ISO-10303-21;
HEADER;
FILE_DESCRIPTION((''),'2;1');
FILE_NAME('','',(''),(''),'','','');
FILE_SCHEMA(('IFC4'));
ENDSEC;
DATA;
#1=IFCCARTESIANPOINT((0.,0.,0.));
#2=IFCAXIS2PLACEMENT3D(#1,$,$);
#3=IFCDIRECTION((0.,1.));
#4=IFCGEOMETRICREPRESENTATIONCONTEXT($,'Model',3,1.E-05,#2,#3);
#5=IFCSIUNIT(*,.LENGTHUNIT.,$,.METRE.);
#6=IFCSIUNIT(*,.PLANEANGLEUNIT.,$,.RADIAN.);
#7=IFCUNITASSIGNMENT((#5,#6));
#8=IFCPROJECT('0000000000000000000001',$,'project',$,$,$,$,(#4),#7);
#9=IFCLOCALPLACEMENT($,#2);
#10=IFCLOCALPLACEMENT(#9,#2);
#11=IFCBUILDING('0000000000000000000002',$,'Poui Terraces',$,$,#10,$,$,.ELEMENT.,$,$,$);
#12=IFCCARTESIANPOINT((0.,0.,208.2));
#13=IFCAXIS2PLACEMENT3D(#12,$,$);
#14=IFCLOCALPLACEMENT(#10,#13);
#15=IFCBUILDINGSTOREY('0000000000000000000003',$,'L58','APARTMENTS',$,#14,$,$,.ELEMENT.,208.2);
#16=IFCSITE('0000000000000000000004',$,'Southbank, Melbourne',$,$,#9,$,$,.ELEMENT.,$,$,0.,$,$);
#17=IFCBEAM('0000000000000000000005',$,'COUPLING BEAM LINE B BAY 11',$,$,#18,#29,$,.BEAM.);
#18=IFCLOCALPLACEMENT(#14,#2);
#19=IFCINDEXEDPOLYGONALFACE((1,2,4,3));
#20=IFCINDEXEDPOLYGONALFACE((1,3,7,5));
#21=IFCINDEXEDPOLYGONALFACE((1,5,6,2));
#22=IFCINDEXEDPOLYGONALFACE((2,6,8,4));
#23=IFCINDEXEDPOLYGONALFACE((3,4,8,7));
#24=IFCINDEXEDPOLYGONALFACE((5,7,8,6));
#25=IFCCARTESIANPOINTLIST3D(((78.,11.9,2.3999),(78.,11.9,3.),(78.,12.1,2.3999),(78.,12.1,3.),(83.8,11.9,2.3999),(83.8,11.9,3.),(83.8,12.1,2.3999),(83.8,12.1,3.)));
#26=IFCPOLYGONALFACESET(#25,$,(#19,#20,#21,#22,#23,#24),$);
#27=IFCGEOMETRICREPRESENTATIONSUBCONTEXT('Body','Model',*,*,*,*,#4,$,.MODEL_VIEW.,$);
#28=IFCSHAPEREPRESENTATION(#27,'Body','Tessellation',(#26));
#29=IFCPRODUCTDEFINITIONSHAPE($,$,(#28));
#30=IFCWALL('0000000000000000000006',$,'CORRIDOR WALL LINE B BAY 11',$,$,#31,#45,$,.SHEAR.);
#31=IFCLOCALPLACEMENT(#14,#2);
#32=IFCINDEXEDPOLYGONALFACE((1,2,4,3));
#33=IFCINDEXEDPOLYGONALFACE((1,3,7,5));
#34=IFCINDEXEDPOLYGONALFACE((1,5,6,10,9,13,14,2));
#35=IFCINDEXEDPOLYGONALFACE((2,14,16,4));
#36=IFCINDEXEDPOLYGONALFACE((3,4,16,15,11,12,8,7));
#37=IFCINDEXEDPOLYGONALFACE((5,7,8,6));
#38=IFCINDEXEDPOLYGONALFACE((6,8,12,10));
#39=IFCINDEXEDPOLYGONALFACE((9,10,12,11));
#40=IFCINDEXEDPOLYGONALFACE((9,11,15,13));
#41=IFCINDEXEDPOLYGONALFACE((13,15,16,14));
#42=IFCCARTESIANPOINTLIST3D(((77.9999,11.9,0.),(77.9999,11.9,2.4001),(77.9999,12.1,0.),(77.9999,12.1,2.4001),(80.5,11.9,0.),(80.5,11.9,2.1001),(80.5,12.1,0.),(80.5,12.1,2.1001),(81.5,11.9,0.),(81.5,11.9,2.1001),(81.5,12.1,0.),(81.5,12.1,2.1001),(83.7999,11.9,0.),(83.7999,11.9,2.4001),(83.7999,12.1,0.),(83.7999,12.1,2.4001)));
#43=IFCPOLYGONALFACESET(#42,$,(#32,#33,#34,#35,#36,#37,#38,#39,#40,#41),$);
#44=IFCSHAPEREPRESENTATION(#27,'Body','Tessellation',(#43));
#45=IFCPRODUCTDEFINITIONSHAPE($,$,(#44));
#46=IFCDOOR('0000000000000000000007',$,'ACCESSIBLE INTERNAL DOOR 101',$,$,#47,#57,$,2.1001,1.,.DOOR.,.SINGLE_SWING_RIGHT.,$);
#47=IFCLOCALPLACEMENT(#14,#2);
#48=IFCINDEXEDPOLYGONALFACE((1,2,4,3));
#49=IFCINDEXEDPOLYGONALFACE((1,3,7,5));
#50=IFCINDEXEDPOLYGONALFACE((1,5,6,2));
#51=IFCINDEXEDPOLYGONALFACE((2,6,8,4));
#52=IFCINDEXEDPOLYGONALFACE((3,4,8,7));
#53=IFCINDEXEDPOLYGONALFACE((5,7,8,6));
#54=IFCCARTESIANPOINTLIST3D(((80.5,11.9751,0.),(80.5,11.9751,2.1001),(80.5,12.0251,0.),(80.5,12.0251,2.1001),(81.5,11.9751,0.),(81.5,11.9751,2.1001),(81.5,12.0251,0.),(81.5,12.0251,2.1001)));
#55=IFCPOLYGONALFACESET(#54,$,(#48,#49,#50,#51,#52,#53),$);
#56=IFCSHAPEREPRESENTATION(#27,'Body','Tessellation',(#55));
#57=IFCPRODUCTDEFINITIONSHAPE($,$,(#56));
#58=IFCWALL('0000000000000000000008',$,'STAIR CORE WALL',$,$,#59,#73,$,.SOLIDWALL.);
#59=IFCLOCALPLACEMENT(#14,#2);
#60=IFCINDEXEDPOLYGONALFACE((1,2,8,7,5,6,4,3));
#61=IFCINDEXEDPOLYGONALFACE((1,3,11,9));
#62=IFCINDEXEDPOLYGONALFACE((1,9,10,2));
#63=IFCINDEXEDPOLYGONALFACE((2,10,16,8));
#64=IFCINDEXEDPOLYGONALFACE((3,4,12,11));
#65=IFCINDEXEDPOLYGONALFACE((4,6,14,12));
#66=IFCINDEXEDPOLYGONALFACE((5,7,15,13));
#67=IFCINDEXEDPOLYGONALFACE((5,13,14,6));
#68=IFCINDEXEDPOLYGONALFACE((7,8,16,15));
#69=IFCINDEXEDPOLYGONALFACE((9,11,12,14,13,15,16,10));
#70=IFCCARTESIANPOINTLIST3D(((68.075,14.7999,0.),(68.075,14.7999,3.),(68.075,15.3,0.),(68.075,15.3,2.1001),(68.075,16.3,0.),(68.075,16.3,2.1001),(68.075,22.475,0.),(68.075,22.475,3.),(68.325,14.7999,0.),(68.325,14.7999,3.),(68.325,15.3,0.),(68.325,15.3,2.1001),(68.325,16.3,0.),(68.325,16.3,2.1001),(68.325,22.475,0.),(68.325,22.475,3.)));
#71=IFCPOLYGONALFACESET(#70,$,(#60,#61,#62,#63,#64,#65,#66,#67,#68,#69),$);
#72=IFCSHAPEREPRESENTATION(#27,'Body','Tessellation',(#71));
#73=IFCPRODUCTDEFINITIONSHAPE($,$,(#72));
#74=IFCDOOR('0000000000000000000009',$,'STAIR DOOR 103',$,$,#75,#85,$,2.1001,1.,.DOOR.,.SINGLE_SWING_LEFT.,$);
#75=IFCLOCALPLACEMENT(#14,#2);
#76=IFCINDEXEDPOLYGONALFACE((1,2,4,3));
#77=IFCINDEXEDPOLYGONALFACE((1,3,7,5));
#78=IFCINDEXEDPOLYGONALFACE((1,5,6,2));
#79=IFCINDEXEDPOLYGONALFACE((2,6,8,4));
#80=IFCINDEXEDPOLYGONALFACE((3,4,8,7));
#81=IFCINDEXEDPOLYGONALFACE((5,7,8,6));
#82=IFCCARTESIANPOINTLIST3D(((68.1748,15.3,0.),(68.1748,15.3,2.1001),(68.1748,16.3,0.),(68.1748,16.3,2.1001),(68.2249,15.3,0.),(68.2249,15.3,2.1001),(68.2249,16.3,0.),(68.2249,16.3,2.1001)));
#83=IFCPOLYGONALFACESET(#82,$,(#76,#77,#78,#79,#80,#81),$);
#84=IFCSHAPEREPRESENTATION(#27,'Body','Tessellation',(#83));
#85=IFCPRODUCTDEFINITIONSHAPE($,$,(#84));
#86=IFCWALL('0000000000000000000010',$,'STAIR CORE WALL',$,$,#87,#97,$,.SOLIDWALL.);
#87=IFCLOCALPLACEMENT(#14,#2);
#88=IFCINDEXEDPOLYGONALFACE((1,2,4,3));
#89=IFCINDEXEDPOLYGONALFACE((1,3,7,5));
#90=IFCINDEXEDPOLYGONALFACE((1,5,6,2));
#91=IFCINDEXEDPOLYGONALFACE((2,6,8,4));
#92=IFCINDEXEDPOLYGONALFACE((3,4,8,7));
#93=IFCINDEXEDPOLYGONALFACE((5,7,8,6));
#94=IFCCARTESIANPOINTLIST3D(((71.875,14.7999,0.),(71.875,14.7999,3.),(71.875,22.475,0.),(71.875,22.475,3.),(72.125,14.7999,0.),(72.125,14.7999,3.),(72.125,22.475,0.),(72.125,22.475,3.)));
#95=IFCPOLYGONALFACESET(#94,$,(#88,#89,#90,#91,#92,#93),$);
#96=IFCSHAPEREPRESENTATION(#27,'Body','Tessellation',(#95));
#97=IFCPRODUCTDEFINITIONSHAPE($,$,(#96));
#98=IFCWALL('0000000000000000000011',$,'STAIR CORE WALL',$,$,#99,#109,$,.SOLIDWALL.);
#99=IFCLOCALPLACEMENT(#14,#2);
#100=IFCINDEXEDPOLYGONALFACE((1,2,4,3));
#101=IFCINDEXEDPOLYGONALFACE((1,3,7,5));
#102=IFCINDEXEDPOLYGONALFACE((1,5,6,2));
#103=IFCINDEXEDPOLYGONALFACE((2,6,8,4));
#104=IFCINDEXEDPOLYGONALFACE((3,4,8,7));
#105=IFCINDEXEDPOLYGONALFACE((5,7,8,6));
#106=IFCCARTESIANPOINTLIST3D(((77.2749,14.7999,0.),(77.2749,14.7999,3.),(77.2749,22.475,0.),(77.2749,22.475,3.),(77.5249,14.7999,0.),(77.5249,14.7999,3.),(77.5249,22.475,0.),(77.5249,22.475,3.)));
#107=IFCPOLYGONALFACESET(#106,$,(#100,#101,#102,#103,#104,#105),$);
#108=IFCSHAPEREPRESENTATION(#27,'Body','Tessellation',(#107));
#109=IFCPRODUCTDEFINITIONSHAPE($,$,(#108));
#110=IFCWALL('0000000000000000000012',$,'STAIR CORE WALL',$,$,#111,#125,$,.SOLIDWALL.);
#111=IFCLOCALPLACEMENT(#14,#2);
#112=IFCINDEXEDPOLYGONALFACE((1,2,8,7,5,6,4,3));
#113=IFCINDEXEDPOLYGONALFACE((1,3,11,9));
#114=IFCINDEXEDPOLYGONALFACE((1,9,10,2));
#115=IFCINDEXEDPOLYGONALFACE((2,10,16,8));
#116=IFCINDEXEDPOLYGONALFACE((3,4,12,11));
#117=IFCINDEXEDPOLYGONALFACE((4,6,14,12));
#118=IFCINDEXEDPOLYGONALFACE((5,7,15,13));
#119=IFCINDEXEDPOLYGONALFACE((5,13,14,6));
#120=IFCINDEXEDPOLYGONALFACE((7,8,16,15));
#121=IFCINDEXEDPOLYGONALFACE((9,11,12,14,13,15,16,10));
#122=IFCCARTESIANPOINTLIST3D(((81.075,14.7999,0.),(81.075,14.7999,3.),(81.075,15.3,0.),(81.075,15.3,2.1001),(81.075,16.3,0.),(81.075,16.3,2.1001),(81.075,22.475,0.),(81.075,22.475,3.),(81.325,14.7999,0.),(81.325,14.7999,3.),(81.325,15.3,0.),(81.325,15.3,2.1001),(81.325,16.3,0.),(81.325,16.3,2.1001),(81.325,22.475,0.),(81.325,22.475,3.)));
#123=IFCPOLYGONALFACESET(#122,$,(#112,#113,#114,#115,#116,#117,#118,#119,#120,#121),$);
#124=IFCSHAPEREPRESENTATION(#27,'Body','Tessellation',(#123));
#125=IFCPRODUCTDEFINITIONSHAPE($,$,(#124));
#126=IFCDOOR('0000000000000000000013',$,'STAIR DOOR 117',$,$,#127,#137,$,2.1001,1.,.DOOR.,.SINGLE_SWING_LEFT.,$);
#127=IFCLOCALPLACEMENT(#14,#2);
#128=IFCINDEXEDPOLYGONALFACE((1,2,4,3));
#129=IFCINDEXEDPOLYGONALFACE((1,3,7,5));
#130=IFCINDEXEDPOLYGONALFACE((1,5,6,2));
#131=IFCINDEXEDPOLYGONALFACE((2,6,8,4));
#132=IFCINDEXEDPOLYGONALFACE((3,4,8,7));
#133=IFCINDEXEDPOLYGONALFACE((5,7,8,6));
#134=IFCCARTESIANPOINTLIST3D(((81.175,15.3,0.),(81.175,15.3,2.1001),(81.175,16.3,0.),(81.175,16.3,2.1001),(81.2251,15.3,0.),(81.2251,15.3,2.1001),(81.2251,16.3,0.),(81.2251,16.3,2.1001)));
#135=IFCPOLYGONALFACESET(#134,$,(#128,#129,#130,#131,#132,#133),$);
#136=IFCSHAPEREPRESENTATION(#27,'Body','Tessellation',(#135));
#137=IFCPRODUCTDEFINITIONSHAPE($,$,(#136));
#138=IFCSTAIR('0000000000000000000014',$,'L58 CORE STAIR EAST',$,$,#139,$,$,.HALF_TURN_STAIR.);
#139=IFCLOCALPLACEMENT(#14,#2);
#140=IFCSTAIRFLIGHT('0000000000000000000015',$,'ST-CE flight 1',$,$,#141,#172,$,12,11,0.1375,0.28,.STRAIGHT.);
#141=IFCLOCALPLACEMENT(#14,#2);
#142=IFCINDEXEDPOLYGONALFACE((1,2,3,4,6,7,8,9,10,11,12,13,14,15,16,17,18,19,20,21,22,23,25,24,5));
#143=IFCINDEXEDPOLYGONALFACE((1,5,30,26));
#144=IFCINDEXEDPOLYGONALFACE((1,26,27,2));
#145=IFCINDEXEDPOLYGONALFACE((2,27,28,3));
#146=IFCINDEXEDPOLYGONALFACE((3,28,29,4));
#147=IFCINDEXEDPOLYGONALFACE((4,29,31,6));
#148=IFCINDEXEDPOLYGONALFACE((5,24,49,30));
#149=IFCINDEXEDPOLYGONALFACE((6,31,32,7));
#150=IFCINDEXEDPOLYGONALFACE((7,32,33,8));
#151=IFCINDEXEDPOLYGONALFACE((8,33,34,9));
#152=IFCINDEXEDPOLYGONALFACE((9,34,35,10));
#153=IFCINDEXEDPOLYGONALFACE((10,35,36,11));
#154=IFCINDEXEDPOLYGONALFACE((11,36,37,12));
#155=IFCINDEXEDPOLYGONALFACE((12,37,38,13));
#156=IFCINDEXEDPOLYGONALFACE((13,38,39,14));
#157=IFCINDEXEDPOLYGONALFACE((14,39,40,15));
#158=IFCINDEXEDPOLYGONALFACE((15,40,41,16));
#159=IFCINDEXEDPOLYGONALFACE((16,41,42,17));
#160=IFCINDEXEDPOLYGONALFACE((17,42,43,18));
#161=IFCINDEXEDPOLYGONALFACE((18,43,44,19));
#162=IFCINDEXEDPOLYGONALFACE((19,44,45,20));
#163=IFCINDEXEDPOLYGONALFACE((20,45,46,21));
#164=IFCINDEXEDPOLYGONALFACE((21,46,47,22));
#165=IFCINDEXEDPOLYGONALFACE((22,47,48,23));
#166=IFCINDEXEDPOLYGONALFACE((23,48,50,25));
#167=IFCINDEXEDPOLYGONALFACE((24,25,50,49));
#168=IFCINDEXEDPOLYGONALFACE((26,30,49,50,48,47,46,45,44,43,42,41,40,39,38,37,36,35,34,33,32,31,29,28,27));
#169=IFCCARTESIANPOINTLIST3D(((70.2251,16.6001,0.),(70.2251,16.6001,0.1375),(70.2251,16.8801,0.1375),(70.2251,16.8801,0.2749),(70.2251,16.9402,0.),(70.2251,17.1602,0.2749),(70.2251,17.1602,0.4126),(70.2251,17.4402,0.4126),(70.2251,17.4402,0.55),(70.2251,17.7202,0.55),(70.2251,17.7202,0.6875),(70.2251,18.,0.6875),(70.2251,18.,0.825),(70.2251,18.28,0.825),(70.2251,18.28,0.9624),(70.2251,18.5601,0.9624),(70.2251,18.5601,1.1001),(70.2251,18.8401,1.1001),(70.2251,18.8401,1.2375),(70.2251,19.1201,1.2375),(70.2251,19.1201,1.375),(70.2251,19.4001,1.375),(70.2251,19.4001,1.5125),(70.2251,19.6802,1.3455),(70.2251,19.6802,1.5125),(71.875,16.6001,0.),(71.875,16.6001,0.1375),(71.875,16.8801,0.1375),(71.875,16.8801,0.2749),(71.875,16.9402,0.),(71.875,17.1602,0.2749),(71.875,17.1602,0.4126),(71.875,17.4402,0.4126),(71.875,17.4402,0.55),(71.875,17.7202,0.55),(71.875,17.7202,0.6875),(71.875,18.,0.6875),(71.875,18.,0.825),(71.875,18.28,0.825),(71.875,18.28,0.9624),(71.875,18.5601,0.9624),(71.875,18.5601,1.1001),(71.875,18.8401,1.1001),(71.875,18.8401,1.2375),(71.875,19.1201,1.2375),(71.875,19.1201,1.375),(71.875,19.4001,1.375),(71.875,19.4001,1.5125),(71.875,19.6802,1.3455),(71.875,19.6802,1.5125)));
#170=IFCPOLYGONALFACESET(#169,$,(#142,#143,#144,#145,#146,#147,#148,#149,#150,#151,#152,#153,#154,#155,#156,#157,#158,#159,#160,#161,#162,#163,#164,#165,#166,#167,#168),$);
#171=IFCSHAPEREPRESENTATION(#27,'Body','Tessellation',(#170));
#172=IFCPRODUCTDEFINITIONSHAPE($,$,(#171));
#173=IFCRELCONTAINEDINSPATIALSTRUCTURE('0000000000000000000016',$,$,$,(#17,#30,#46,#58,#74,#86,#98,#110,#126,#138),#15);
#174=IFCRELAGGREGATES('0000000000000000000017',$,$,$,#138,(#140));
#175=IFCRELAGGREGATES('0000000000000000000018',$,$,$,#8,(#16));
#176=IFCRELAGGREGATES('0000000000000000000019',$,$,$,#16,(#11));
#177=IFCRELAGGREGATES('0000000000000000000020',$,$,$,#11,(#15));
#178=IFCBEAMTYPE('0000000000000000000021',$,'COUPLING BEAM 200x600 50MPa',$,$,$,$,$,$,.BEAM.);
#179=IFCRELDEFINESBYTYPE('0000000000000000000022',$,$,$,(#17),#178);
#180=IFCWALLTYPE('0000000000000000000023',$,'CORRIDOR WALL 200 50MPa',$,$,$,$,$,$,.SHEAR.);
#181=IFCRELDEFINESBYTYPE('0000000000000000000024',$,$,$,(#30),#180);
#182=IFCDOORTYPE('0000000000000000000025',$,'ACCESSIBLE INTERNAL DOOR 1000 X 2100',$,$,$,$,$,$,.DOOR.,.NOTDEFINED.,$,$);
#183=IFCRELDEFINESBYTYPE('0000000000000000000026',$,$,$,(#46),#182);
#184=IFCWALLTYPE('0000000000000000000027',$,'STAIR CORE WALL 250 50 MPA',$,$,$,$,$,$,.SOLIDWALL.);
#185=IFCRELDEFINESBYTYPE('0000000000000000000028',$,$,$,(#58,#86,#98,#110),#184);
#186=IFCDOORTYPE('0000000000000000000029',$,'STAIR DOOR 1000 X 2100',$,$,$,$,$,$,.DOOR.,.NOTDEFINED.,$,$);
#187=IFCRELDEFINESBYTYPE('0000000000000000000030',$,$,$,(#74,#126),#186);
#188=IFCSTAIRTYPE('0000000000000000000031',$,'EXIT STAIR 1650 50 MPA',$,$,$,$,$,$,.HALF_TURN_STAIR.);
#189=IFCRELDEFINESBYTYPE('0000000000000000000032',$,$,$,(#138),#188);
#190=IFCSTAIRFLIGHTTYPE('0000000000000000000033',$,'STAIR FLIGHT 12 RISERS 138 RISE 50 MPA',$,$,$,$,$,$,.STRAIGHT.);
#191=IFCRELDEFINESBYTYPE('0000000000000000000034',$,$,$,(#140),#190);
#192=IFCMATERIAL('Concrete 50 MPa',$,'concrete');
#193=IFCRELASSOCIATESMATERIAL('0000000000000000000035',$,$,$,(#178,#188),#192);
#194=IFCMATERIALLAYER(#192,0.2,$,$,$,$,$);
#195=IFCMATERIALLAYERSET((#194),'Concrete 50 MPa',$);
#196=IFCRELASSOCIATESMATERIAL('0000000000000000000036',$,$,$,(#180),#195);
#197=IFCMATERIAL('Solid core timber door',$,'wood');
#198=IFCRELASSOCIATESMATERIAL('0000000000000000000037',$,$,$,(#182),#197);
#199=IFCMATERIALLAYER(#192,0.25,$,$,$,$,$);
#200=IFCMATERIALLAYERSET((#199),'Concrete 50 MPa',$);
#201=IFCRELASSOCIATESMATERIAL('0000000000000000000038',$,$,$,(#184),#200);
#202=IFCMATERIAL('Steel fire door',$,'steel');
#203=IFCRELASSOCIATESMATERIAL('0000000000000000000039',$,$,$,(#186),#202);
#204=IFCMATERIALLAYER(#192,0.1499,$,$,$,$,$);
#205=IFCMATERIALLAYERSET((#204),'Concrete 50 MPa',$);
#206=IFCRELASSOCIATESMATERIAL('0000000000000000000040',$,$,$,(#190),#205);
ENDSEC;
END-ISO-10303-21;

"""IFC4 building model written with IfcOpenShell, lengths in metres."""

from ifc_helpers import new_model, si_unit, direction, frame, frame_2d, origin, origin_2d, place, context, subcontext, project, spatial, polyline, rectangle, outline, extrude, source, transform, mapped, material, layer, layer_set, material_profile, profile_set, type_object, element, fill, aggregate, save


model = new_model("IFC4")

# Units and contexts
model_context = context("Model", 3, precision=1e-05, world=origin(), true_north=direction((0.0, 1.0)))
body_context = subcontext(model_context, "Body", "Model", "MODEL_VIEW")
ifc_project = project(units=[si_unit("LENGTHUNIT", "METRE"), si_unit("PLANEANGLEUNIT", "RADIAN")], contexts=[model_context])

# Site, building, storey
site_placement = place(None, origin())
site = spatial("IfcSite", under=ifc_project, at=site_placement, Name="Southbank, Melbourne", CompositionType="ELEMENT", RefElevation=0.0)
building_placement = place(site_placement, origin())
building = spatial("IfcBuilding", under=site, at=building_placement, Name="Poui Terraces", CompositionType="ELEMENT")
storey_placement = place(building_placement, frame((0.0, 0.0, 208.2)))
storey = spatial("IfcBuildingStorey", under=building, at=storey_placement, Name="L58", Description="APARTMENTS", CompositionType="ELEMENT", Elevation=208.2)

# Beam
ifc_material_1 = material(Name="Concrete 50 MPa", Category="concrete")
ifc_material_profile = material_profile(ifc_material_1, rectangle(XDim=0.2, YDim=0.6001, at=origin_2d()), Name="RC 200x600")
ifc_profile_set = profile_set([ifc_material_profile], Name="Concrete 50 MPa")
beam_type = type_object("IfcBeamType", Name="COUPLING BEAM 200x600 50MPa", PredefinedType="BEAM", material=ifc_profile_set)
shared_shape = source(origin(), body_context, "Body", "SweptSolid", [
    extrude(rectangle(XDim=0.2, YDim=0.6001, at=origin_2d()), origin(), (0.0, 0.0, 1.0), 5.8),
])
beam_placement = place(storey_placement, frame((78.0, 12.0, 2.7), z_axis=(1.0, 0.0, 0.0), x_axis=(0.0, 1.0, 0.0)))
element("IfcBeam", 1, at=beam_placement, inside=storey, type_object=beam_type, Name="COUPLING BEAM LINE B BAY 11", PredefinedType="BEAM", context=body_context, shape_type="MappedRepresentation", body=[
    mapped(shared_shape, transform((0.0, 0.0, 0.0))),
])

# Walls, openings, doors
ifc_layer_1 = layer(ifc_material_1, 0.2)
ifc_layer_set_1 = layer_set([ifc_layer_1], Name="Concrete 50 MPa")
wall_type_1 = type_object("IfcWallType", Name="CORRIDOR WALL 200 50MPa", PredefinedType="SHEAR", material=ifc_layer_set_1)
wall_1_placement = place(storey_placement, frame((78.0, 12.0, 0.0), z_axis=(0.0, 0.0, 1.0), x_axis=(1.0, 0.0, 0.0)))
wall_1 = element("IfcWall", 2, at=wall_1_placement, inside=storey, type_object=wall_type_1, Name="CORRIDOR WALL LINE B BAY 11", PredefinedType="SHEAR", context=body_context, shape_type="SweptSolid", body=[
    extrude(rectangle(XDim=5.8, YDim=0.2, at=frame_2d((2.8999, 0.0))), origin(), (0.0, 0.0, 1.0), 2.4001),
])
opening_1_placement = place(wall_1_placement, frame((2.5, 0.0, 0.0)))
opening_1 = element("IfcOpeningElement", 3, at=opening_1_placement, cuts=wall_1, PredefinedType="OPENING", context=body_context, shape_type="SweptSolid", body=[
    extrude(rectangle(XDim=1.0, YDim=2.1001, at=frame_2d((0.5, 1.05))), frame((0.0, 0.1099, 0.0), z_axis=(0.0, -1.0, 0.0), x_axis=(1.0, 0.0, 0.0)), (0.0, 0.0, 1.0), 0.22),
])
ifc_material_2 = material(Name="Solid core timber door", Category="wood")
door_type_1 = type_object("IfcDoorType", Name="ACCESSIBLE INTERNAL DOOR 1000 X 2100", OperationType="NOTDEFINED", PredefinedType="DOOR", material=ifc_material_2)
door_1_placement = place(opening_1_placement, frame((1.0, 0.0, 0.0), z_axis=(0.0, 0.0, 1.0), x_axis=(-1.0, 0.0, 0.0)))
door_1 = element("IfcDoor", 4, at=door_1_placement, inside=storey, type_object=door_type_1, Name="ACCESSIBLE INTERNAL DOOR 101", OperationType="SINGLE_SWING_RIGHT", OverallHeight=2.1001, OverallWidth=1.0, PredefinedType="DOOR", context=body_context, shape_type="SweptSolid", body=[
    extrude(rectangle(XDim=1.0, YDim=2.1001, at=frame_2d((0.5, 1.05))), frame((0.0, 0.0249, 0.0), z_axis=(0.0, -1.0, 0.0), x_axis=(1.0, 0.0, 0.0)), (0.0, 0.0, 1.0), 0.05),
])
fill(opening_1, door_1)
ifc_layer_2 = layer(ifc_material_1, 0.25)
ifc_layer_set_2 = layer_set([ifc_layer_2], Name="Concrete 50 MPa")
wall_type_2 = type_object("IfcWallType", Name="STAIR CORE WALL 250 50 MPA", PredefinedType="SOLIDWALL", material=ifc_layer_set_2)
wall_2_placement = place(storey_placement, frame((68.2, 14.8, 0.0), z_axis=(0.0, 0.0, 1.0), x_axis=(0.0, 1.0, 0.0)))
wall_2 = element("IfcWall", 5, at=wall_2_placement, inside=storey, type_object=wall_type_2, Name="STAIR CORE WALL", PredefinedType="SOLIDWALL", context=body_context, shape_type="SweptSolid", body=[
    extrude(rectangle(XDim=7.675, YDim=0.25, at=frame_2d((3.8374, 0.0))), origin(), (0.0, 0.0, 1.0), 3.0),
])
opening_2_placement = place(wall_2_placement, frame((0.5, 0.0, 0.0)))
opening_2 = element("IfcOpeningElement", 6, at=opening_2_placement, cuts=wall_2, PredefinedType="OPENING", context=body_context, shape_type="SweptSolid", body=[
    extrude(rectangle(XDim=1.0, YDim=2.1001, at=frame_2d((0.5, 1.05))), frame((0.0, 0.135, 0.0), z_axis=(0.0, -1.0, 0.0), x_axis=(1.0, 0.0, 0.0)), (0.0, 0.0, 1.0), 0.27),
])
ifc_material_3 = material(Name="Steel fire door", Category="steel")
door_type_2 = type_object("IfcDoorType", Name="STAIR DOOR 1000 X 2100", OperationType="NOTDEFINED", PredefinedType="DOOR", material=ifc_material_3)
door_2_placement = place(opening_2_placement, frame((1.0, 0.0, 0.0), z_axis=(0.0, 0.0, 1.0), x_axis=(-1.0, 0.0, 0.0)))
door_2 = element("IfcDoor", 7, at=door_2_placement, inside=storey, type_object=door_type_2, Name="STAIR DOOR 103", OperationType="SINGLE_SWING_LEFT", OverallHeight=2.1001, OverallWidth=1.0, PredefinedType="DOOR", context=body_context, shape_type="SweptSolid", body=[
    extrude(rectangle(XDim=1.0, YDim=2.1001, at=frame_2d((0.5, 1.05))), frame((0.0, 0.0249, 0.0), z_axis=(0.0, -1.0, 0.0), x_axis=(1.0, 0.0, 0.0)), (0.0, 0.0, 1.0), 0.05),
])
fill(opening_2, door_2)

# Walls
for number, where, z_axis, x_axis, name in (
    (8, (72.0, 14.8, 0.0), (0.0, 0.0, 1.0), (0.0, 1.0, 0.0), "STAIR CORE WALL"),
    (9, (77.3999, 14.8, 0.0), (0.0, 0.0, 1.0), (0.0, 1.0, 0.0), "STAIR CORE WALL"),
):
    element("IfcWall", number, at=place(storey_placement, frame(where, z_axis=z_axis, x_axis=x_axis)), inside=storey, type_object=wall_type_2, Name=name, PredefinedType="SOLIDWALL", context=body_context, shape_type="SweptSolid", body=[
        extrude(rectangle(XDim=7.675, YDim=0.25, at=frame_2d((3.8374, 0.0))), origin(), (0.0, 0.0, 1.0), 3.0),
    ])

# Wall, opening, door
wall_3_placement = place(storey_placement, frame((81.2, 14.8, 0.0), z_axis=(0.0, 0.0, 1.0), x_axis=(0.0, 1.0, 0.0)))
wall_3 = element("IfcWall", 10, at=wall_3_placement, inside=storey, type_object=wall_type_2, Name="STAIR CORE WALL", PredefinedType="SOLIDWALL", context=body_context, shape_type="SweptSolid", body=[
    extrude(rectangle(XDim=7.675, YDim=0.25, at=frame_2d((3.8374, 0.0))), origin(), (0.0, 0.0, 1.0), 3.0),
])
opening_3_placement = place(wall_3_placement, frame((0.5, 0.0, 0.0)))
opening_3 = element("IfcOpeningElement", 11, at=opening_3_placement, cuts=wall_3, PredefinedType="OPENING", context=body_context, shape_type="SweptSolid", body=[
    extrude(rectangle(XDim=1.0, YDim=2.1001, at=frame_2d((0.5, 1.05))), frame((0.0, 0.135, 0.0), z_axis=(0.0, -1.0, 0.0), x_axis=(1.0, 0.0, 0.0)), (0.0, 0.0, 1.0), 0.27),
])
door_3_placement = place(opening_3_placement, origin())
door_3 = element("IfcDoor", 12, at=door_3_placement, inside=storey, type_object=door_type_2, Name="STAIR DOOR 117", OperationType="SINGLE_SWING_LEFT", OverallHeight=2.1001, OverallWidth=1.0, PredefinedType="DOOR", context=body_context, shape_type="SweptSolid", body=[
    extrude(rectangle(XDim=1.0, YDim=2.1001, at=frame_2d((0.5, 1.05))), frame((0.0, 0.0249, 0.0), z_axis=(0.0, -1.0, 0.0), x_axis=(1.0, 0.0, 0.0)), (0.0, 0.0, 1.0), 0.05),
])
fill(opening_3, door_3)

# Stair, stair flight
stair_type = type_object("IfcStairType", Name="EXIT STAIR 1650 50 MPA", PredefinedType="HALF_TURN_STAIR", material=ifc_material_1)
stair_1_placement = place(storey_placement, origin())
stair_1 = element("IfcStair", 13, at=stair_1_placement, inside=storey, type_object=stair_type, Name="L58 CORE STAIR EAST", PredefinedType="HALF_TURN_STAIR")
ifc_layer_3 = layer(ifc_material_1, 0.1499)
ifc_layer_set_3 = layer_set([ifc_layer_3], Name="Concrete 50 MPa")
stair_flight_type = type_object("IfcStairFlightType", Name="STAIR FLIGHT 12 RISERS 138 RISE 50 MPA", PredefinedType="STRAIGHT", material=ifc_layer_set_3)
stair_flight_1_placement = place(storey_placement, frame((71.05, 16.6001, 0.0), z_axis=(0.0, 0.0, 1.0), x_axis=(0.0, 1.0, 0.0)))
stair_flight_1 = element("IfcStairFlight", 14, at=stair_flight_1_placement, type_object=stair_flight_type, Name="ST-CE flight 1", NumberOfRisers=12, NumberOfTreads=11, PredefinedType="STRAIGHT", RiserHeight=0.1375, TreadLength=0.28, context=body_context, shape_type="SweptSolid", body=[
    extrude(outline(polyline([(0.0, 0.0), (0.0, 0.1375), (0.28, 0.1375), (0.28, 0.2749), (0.5601, 0.2749), (0.5601, 0.4126), (0.8401, 0.4126), (0.8401, 0.55), (1.1201, 0.55), (1.1201, 0.6875), (1.3999, 0.6875), (1.3999, 0.825), (1.6799, 0.825), (1.6799, 0.9624), (1.96, 0.9624), (1.96, 1.1001), (2.24, 1.1001), (2.24, 1.2375), (2.52, 1.2375), (2.52, 1.375), (2.8, 1.375), (2.8, 1.5125), (3.0801, 1.5125), (3.0801, 1.6499), (3.0801, 1.3455), (0.3401, 0.0), (0.0, 0.0)])), frame((0.0, 0.825, 0.0), z_axis=(0.0, -1.0, 0.0), x_axis=(1.0, 0.0, 0.0)), (0.0, 0.0, 1.0), 1.6499),
])
aggregate(stair_1, [stair_flight_1])

save(model, "model.ifc")
